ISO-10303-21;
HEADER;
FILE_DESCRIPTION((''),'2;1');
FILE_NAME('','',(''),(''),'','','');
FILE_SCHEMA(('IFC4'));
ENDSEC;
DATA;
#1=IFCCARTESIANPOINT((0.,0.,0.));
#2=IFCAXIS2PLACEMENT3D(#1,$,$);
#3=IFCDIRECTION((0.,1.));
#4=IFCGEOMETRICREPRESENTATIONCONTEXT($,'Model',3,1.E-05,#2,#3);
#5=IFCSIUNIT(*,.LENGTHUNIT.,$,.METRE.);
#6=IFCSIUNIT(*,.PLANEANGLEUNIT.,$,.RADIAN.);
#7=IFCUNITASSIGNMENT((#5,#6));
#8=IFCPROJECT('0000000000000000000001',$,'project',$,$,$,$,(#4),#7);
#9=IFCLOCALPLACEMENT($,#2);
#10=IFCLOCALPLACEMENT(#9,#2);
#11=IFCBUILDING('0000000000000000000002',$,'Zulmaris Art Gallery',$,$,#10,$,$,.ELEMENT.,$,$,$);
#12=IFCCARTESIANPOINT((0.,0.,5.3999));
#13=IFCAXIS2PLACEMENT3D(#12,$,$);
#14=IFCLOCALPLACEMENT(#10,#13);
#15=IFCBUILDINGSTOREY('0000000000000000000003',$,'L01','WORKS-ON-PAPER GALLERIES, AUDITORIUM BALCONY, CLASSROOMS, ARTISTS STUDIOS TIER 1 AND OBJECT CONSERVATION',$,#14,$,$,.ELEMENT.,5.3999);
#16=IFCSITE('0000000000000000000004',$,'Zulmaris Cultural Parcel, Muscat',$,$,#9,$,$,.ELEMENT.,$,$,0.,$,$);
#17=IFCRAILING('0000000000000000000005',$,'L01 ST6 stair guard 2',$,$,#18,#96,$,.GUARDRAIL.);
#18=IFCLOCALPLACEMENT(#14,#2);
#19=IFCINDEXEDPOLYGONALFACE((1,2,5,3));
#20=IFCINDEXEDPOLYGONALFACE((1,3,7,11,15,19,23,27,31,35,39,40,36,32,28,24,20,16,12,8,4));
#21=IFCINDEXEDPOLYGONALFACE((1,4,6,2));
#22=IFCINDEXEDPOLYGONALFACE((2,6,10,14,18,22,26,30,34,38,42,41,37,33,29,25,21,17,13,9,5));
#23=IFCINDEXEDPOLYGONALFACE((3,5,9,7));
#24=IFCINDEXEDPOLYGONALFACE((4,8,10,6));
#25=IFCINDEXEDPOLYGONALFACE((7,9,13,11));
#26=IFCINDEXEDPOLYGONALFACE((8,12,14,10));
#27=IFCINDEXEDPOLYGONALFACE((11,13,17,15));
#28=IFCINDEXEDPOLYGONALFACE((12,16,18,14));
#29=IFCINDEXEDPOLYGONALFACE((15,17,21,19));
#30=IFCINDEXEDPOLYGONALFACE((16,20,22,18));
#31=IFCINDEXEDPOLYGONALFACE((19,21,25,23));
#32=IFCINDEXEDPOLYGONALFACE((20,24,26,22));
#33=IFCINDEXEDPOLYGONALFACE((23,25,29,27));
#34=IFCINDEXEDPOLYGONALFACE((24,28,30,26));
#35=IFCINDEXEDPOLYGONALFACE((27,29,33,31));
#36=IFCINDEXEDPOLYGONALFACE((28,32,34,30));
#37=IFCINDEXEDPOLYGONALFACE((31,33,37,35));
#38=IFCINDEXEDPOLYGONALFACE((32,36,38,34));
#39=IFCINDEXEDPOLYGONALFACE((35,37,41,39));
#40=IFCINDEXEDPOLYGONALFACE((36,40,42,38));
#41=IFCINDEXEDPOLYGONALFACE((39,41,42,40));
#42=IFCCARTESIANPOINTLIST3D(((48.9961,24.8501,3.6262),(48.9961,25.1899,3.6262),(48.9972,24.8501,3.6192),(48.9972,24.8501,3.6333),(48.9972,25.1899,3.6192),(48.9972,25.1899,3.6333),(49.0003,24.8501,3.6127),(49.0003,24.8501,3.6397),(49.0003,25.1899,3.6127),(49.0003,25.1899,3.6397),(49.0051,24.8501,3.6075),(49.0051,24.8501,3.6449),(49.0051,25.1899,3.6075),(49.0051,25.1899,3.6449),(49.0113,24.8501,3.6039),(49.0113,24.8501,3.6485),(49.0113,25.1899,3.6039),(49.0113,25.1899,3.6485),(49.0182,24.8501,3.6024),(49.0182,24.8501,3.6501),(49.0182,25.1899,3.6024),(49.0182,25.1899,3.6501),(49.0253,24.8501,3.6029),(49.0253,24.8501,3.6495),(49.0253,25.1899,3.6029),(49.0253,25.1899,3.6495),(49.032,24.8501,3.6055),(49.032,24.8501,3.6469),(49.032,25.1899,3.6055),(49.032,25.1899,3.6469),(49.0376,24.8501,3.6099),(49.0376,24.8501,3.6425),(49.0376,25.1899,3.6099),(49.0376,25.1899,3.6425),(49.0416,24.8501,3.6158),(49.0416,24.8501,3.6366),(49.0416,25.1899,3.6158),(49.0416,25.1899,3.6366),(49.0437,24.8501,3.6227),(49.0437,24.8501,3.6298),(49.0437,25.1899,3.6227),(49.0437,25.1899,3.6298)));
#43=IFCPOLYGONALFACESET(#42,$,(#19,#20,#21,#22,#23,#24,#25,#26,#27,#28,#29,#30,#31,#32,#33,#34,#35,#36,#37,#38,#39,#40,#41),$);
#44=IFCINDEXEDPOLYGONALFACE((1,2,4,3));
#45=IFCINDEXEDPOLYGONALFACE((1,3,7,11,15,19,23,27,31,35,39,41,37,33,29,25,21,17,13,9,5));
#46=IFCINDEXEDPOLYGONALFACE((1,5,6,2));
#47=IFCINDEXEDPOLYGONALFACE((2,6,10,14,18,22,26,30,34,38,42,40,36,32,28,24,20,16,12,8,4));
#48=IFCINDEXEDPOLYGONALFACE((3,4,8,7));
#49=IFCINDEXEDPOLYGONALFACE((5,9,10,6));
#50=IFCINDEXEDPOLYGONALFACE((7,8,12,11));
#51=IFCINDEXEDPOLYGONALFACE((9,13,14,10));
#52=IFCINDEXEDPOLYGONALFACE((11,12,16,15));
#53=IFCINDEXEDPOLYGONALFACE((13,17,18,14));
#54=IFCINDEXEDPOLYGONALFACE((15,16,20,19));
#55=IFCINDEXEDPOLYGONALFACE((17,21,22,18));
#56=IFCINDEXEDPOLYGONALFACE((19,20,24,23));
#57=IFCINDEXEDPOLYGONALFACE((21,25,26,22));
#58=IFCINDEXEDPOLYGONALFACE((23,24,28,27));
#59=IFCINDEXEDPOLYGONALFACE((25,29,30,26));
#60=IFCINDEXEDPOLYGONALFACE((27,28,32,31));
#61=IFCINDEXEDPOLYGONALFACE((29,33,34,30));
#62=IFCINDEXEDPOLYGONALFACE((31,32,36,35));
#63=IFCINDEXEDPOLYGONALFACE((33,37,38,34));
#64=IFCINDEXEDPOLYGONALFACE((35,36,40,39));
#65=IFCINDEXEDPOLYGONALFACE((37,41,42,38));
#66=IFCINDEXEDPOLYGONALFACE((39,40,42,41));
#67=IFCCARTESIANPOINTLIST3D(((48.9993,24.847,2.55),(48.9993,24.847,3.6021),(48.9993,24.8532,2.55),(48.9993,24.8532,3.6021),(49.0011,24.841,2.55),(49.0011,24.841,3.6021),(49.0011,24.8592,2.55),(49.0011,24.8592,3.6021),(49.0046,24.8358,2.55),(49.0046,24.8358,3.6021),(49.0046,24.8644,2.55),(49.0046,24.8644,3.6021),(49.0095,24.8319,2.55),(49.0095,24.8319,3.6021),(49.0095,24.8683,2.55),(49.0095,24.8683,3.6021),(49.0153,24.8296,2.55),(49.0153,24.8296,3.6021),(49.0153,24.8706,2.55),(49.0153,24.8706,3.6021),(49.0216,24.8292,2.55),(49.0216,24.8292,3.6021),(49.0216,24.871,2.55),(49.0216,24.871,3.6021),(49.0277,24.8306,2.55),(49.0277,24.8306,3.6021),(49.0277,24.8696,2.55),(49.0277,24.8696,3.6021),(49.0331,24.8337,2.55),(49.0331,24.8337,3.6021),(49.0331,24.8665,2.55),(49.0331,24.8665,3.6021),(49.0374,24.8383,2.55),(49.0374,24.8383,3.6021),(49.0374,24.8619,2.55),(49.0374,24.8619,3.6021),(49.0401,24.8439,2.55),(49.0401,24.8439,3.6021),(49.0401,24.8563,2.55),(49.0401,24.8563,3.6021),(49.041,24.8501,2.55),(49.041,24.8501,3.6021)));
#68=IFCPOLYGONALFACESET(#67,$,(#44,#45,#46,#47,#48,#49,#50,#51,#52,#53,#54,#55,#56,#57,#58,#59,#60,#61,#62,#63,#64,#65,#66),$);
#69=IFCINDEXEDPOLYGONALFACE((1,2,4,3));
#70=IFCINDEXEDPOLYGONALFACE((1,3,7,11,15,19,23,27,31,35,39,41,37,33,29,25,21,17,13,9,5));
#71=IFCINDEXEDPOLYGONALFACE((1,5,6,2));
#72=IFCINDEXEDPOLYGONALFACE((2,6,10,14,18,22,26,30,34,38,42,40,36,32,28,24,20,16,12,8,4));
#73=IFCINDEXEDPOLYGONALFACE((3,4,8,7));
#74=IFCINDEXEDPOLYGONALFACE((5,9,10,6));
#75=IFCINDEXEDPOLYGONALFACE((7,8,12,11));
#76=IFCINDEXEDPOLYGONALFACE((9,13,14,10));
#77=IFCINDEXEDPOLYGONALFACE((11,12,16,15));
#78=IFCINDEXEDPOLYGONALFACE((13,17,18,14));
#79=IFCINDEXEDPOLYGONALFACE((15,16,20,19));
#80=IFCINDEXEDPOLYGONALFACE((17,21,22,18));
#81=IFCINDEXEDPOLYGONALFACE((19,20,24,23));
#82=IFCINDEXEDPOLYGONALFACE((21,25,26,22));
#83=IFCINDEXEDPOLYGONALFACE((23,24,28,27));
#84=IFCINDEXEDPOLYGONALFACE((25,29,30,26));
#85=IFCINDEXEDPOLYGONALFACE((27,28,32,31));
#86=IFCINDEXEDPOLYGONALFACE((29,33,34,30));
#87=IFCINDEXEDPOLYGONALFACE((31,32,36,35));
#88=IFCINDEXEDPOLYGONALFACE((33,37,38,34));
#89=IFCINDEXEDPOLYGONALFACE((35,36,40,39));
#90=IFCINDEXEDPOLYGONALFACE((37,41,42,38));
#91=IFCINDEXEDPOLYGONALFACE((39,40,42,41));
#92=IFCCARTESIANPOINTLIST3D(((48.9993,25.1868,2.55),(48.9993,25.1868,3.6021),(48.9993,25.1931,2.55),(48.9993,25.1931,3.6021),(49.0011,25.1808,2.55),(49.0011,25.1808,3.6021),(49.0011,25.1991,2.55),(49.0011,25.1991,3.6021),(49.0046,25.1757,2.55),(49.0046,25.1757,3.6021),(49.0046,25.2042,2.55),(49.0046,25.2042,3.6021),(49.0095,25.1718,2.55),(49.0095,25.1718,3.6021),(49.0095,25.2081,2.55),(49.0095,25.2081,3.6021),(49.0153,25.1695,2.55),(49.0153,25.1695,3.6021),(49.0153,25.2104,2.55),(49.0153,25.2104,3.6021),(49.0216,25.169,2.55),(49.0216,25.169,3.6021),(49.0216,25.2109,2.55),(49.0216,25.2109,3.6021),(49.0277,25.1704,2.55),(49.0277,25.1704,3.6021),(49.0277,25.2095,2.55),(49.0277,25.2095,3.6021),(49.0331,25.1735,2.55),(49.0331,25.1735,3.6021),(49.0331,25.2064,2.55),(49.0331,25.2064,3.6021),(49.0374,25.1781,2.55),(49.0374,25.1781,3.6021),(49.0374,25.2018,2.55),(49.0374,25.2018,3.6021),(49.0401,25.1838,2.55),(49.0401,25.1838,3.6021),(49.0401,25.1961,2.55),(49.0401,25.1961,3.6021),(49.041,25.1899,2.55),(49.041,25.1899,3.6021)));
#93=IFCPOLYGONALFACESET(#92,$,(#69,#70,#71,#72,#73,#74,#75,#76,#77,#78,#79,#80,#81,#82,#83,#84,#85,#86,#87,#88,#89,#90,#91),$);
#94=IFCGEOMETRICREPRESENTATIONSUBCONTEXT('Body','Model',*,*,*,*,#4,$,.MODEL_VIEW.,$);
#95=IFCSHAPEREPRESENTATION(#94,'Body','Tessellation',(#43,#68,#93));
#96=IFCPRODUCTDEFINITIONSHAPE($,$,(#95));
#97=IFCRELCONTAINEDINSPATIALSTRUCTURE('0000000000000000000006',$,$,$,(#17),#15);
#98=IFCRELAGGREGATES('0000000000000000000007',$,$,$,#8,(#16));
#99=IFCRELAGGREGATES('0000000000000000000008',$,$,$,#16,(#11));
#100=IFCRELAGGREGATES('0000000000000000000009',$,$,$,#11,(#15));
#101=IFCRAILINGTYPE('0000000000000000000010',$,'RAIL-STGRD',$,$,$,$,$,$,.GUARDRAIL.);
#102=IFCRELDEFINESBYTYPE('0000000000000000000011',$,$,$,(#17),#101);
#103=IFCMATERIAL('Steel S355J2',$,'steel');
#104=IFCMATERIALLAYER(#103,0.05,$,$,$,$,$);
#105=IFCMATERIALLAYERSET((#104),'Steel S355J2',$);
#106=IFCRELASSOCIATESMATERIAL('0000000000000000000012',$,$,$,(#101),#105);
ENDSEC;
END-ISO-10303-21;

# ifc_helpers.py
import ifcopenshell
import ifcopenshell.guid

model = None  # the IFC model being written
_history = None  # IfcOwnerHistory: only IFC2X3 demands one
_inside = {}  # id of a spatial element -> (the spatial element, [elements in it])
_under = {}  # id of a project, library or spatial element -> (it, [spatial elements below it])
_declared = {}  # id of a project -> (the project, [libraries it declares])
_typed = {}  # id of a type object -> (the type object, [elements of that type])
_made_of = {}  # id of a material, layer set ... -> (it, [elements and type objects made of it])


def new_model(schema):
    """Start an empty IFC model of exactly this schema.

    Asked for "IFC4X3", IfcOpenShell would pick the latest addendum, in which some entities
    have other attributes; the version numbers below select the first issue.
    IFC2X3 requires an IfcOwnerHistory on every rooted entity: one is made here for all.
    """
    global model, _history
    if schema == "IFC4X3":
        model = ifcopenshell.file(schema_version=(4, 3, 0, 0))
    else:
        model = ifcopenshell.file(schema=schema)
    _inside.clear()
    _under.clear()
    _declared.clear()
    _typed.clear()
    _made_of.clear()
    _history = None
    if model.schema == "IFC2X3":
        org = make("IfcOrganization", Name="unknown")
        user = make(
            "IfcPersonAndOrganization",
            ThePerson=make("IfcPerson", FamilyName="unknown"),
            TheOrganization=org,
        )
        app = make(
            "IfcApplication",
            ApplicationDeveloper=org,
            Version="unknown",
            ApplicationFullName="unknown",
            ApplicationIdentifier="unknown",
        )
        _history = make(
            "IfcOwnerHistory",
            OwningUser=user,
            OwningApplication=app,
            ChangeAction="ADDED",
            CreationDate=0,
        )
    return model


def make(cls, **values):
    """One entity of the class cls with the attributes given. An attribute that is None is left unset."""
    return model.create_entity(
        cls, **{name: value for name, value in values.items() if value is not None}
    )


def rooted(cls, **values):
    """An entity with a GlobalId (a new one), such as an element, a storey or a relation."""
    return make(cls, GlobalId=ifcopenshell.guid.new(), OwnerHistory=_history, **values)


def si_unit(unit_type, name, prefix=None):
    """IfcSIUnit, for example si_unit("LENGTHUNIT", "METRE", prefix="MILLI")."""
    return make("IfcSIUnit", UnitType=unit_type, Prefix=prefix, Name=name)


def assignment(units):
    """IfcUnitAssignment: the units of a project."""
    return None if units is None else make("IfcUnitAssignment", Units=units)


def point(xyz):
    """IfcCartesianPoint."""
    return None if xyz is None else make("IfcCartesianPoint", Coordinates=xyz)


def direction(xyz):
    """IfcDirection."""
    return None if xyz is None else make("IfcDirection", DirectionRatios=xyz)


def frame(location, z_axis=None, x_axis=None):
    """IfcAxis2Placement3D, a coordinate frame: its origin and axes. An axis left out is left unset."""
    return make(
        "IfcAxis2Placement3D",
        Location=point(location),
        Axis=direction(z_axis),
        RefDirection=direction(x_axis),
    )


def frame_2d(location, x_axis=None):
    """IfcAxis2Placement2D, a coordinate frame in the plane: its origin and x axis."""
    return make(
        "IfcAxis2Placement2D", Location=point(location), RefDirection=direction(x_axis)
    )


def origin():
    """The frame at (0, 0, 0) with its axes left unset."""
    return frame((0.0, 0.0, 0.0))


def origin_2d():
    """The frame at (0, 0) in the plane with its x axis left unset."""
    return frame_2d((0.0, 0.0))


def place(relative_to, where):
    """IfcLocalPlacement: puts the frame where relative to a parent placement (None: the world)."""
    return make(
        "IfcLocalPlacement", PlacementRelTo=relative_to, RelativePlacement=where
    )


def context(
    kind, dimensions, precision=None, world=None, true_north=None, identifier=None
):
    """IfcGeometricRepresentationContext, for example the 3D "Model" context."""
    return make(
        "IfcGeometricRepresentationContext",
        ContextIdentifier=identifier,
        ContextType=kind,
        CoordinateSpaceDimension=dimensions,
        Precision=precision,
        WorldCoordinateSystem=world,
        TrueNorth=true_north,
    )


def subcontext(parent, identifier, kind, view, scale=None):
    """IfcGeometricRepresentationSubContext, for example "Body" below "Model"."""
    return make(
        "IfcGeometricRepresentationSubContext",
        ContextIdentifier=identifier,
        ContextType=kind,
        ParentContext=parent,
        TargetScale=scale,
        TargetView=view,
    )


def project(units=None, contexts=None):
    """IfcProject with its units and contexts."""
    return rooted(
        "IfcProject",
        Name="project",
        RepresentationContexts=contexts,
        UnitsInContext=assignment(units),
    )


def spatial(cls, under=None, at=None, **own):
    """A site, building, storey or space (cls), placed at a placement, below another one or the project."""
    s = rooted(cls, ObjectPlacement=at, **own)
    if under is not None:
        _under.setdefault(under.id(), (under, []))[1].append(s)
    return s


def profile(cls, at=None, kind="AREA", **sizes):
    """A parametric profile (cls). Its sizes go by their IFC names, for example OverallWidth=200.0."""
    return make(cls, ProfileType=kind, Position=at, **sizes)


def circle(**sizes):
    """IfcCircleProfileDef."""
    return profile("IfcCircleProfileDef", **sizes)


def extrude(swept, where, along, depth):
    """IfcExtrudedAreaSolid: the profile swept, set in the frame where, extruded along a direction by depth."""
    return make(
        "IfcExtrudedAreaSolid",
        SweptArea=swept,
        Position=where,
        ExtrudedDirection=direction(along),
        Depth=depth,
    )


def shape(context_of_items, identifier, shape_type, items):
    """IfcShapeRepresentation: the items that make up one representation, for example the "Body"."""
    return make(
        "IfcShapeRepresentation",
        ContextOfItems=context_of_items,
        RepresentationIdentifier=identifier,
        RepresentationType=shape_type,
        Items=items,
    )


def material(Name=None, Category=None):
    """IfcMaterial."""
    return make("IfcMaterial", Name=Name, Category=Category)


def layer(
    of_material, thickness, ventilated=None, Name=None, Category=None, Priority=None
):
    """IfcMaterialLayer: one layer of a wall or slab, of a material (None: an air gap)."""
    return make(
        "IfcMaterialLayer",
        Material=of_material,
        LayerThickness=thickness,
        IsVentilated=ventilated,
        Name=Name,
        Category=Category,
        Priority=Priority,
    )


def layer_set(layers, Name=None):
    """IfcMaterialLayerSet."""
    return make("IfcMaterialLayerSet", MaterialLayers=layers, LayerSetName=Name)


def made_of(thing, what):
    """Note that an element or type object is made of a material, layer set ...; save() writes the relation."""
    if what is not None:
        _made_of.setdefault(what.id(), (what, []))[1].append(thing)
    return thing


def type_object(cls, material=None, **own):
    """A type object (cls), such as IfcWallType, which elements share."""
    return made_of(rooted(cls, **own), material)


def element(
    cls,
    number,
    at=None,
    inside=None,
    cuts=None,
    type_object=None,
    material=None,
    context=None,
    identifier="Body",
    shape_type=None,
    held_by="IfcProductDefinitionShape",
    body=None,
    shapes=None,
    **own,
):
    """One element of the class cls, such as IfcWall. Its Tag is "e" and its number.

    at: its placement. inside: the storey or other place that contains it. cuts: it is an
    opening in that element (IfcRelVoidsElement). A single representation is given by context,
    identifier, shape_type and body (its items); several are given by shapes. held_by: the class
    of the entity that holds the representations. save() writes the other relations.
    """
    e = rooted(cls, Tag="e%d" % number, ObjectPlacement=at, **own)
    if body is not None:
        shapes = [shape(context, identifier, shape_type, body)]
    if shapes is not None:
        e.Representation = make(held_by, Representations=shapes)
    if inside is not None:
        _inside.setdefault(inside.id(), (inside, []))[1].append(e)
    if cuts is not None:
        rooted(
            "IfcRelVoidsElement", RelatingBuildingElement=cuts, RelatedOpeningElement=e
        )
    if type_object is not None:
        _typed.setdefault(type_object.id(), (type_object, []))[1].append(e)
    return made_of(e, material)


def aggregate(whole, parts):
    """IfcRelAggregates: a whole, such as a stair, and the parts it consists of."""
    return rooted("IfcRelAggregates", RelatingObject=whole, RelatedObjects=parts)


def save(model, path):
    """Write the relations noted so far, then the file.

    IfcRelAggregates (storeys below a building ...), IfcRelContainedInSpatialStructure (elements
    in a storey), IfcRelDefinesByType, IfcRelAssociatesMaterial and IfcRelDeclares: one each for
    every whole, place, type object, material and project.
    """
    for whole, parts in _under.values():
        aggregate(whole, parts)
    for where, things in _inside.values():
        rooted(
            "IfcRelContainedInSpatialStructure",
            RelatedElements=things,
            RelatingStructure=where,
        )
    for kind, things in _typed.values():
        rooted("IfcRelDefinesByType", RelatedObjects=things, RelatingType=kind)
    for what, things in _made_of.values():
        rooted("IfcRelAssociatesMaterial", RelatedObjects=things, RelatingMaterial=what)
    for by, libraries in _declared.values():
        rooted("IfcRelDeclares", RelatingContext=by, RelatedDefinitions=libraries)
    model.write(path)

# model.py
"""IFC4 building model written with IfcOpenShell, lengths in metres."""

from ifc_helpers import new_model, si_unit, direction, frame, origin, origin_2d, place, context, subcontext, project, spatial, circle, extrude, material, layer, layer_set, type_object, element, save


model = new_model("IFC4")

# Units and contexts
model_context = context("Model", 3, precision=1e-05, world=origin(), true_north=direction((0.0, 1.0)))
body_context = subcontext(model_context, "Body", "Model", "MODEL_VIEW")
ifc_project = project(units=[si_unit("LENGTHUNIT", "METRE"), si_unit("PLANEANGLEUNIT", "RADIAN")], contexts=[model_context])

# Site, building, storey
site_placement = place(None, origin())
site = spatial("IfcSite", under=ifc_project, at=site_placement, Name="Zulmaris Cultural Parcel, Muscat", CompositionType="ELEMENT", RefElevation=0.0)
building_placement = place(site_placement, origin())
building = spatial("IfcBuilding", under=site, at=building_placement, Name="Zulmaris Art Gallery", CompositionType="ELEMENT")
storey_placement = place(building_placement, frame((0.0, 0.0, 5.3999)))
storey = spatial("IfcBuildingStorey", under=building, at=storey_placement, Name="L01", Description="WORKS-ON-PAPER GALLERIES, AUDITORIUM BALCONY, CLASSROOMS, ARTISTS STUDIOS TIER 1 AND OBJECT CONSERVATION", CompositionType="ELEMENT", Elevation=5.3999)

# Shared definitions
ifc_material_1 = material(Name="Steel S355J2", Category="steel")

# Railing
ifc_layer_1 = layer(ifc_material_1, 0.05)
ifc_layer_set_1 = layer_set([ifc_layer_1], Name="Steel S355J2")
railing_type_1 = type_object("IfcRailingType", Name="RAIL-STGRD", PredefinedType="GUARDRAIL", material=ifc_layer_set_1)
railing_1_placement = place(storey_placement, frame((49.02, 24.8501, 2.55)))
element("IfcRailing", 1, at=railing_1_placement, inside=storey, type_object=railing_type_1, Name="L01 ST6 stair guard 2", PredefinedType="GUARDRAIL", context=body_context, shape_type="SweptSolid", body=[
    extrude(circle(Radius=0.0239, at=origin_2d()), frame((0.0, 0.0, 1.0762), z_axis=(0.0, 1.0, 0.0), x_axis=(-1.0, 0.0, 0.0)), (0.0, 0.0, 1.0), 0.3398),
    extrude(circle(Radius=0.021, at=origin_2d()), origin(), (0.0, 0.0, 1.0), 1.052),
    extrude(circle(Radius=0.021, at=origin_2d()), frame((0.0, 0.3398, 0.0)), (0.0, 0.0, 1.0), 1.052),
])

save(model, "model.ifc")
